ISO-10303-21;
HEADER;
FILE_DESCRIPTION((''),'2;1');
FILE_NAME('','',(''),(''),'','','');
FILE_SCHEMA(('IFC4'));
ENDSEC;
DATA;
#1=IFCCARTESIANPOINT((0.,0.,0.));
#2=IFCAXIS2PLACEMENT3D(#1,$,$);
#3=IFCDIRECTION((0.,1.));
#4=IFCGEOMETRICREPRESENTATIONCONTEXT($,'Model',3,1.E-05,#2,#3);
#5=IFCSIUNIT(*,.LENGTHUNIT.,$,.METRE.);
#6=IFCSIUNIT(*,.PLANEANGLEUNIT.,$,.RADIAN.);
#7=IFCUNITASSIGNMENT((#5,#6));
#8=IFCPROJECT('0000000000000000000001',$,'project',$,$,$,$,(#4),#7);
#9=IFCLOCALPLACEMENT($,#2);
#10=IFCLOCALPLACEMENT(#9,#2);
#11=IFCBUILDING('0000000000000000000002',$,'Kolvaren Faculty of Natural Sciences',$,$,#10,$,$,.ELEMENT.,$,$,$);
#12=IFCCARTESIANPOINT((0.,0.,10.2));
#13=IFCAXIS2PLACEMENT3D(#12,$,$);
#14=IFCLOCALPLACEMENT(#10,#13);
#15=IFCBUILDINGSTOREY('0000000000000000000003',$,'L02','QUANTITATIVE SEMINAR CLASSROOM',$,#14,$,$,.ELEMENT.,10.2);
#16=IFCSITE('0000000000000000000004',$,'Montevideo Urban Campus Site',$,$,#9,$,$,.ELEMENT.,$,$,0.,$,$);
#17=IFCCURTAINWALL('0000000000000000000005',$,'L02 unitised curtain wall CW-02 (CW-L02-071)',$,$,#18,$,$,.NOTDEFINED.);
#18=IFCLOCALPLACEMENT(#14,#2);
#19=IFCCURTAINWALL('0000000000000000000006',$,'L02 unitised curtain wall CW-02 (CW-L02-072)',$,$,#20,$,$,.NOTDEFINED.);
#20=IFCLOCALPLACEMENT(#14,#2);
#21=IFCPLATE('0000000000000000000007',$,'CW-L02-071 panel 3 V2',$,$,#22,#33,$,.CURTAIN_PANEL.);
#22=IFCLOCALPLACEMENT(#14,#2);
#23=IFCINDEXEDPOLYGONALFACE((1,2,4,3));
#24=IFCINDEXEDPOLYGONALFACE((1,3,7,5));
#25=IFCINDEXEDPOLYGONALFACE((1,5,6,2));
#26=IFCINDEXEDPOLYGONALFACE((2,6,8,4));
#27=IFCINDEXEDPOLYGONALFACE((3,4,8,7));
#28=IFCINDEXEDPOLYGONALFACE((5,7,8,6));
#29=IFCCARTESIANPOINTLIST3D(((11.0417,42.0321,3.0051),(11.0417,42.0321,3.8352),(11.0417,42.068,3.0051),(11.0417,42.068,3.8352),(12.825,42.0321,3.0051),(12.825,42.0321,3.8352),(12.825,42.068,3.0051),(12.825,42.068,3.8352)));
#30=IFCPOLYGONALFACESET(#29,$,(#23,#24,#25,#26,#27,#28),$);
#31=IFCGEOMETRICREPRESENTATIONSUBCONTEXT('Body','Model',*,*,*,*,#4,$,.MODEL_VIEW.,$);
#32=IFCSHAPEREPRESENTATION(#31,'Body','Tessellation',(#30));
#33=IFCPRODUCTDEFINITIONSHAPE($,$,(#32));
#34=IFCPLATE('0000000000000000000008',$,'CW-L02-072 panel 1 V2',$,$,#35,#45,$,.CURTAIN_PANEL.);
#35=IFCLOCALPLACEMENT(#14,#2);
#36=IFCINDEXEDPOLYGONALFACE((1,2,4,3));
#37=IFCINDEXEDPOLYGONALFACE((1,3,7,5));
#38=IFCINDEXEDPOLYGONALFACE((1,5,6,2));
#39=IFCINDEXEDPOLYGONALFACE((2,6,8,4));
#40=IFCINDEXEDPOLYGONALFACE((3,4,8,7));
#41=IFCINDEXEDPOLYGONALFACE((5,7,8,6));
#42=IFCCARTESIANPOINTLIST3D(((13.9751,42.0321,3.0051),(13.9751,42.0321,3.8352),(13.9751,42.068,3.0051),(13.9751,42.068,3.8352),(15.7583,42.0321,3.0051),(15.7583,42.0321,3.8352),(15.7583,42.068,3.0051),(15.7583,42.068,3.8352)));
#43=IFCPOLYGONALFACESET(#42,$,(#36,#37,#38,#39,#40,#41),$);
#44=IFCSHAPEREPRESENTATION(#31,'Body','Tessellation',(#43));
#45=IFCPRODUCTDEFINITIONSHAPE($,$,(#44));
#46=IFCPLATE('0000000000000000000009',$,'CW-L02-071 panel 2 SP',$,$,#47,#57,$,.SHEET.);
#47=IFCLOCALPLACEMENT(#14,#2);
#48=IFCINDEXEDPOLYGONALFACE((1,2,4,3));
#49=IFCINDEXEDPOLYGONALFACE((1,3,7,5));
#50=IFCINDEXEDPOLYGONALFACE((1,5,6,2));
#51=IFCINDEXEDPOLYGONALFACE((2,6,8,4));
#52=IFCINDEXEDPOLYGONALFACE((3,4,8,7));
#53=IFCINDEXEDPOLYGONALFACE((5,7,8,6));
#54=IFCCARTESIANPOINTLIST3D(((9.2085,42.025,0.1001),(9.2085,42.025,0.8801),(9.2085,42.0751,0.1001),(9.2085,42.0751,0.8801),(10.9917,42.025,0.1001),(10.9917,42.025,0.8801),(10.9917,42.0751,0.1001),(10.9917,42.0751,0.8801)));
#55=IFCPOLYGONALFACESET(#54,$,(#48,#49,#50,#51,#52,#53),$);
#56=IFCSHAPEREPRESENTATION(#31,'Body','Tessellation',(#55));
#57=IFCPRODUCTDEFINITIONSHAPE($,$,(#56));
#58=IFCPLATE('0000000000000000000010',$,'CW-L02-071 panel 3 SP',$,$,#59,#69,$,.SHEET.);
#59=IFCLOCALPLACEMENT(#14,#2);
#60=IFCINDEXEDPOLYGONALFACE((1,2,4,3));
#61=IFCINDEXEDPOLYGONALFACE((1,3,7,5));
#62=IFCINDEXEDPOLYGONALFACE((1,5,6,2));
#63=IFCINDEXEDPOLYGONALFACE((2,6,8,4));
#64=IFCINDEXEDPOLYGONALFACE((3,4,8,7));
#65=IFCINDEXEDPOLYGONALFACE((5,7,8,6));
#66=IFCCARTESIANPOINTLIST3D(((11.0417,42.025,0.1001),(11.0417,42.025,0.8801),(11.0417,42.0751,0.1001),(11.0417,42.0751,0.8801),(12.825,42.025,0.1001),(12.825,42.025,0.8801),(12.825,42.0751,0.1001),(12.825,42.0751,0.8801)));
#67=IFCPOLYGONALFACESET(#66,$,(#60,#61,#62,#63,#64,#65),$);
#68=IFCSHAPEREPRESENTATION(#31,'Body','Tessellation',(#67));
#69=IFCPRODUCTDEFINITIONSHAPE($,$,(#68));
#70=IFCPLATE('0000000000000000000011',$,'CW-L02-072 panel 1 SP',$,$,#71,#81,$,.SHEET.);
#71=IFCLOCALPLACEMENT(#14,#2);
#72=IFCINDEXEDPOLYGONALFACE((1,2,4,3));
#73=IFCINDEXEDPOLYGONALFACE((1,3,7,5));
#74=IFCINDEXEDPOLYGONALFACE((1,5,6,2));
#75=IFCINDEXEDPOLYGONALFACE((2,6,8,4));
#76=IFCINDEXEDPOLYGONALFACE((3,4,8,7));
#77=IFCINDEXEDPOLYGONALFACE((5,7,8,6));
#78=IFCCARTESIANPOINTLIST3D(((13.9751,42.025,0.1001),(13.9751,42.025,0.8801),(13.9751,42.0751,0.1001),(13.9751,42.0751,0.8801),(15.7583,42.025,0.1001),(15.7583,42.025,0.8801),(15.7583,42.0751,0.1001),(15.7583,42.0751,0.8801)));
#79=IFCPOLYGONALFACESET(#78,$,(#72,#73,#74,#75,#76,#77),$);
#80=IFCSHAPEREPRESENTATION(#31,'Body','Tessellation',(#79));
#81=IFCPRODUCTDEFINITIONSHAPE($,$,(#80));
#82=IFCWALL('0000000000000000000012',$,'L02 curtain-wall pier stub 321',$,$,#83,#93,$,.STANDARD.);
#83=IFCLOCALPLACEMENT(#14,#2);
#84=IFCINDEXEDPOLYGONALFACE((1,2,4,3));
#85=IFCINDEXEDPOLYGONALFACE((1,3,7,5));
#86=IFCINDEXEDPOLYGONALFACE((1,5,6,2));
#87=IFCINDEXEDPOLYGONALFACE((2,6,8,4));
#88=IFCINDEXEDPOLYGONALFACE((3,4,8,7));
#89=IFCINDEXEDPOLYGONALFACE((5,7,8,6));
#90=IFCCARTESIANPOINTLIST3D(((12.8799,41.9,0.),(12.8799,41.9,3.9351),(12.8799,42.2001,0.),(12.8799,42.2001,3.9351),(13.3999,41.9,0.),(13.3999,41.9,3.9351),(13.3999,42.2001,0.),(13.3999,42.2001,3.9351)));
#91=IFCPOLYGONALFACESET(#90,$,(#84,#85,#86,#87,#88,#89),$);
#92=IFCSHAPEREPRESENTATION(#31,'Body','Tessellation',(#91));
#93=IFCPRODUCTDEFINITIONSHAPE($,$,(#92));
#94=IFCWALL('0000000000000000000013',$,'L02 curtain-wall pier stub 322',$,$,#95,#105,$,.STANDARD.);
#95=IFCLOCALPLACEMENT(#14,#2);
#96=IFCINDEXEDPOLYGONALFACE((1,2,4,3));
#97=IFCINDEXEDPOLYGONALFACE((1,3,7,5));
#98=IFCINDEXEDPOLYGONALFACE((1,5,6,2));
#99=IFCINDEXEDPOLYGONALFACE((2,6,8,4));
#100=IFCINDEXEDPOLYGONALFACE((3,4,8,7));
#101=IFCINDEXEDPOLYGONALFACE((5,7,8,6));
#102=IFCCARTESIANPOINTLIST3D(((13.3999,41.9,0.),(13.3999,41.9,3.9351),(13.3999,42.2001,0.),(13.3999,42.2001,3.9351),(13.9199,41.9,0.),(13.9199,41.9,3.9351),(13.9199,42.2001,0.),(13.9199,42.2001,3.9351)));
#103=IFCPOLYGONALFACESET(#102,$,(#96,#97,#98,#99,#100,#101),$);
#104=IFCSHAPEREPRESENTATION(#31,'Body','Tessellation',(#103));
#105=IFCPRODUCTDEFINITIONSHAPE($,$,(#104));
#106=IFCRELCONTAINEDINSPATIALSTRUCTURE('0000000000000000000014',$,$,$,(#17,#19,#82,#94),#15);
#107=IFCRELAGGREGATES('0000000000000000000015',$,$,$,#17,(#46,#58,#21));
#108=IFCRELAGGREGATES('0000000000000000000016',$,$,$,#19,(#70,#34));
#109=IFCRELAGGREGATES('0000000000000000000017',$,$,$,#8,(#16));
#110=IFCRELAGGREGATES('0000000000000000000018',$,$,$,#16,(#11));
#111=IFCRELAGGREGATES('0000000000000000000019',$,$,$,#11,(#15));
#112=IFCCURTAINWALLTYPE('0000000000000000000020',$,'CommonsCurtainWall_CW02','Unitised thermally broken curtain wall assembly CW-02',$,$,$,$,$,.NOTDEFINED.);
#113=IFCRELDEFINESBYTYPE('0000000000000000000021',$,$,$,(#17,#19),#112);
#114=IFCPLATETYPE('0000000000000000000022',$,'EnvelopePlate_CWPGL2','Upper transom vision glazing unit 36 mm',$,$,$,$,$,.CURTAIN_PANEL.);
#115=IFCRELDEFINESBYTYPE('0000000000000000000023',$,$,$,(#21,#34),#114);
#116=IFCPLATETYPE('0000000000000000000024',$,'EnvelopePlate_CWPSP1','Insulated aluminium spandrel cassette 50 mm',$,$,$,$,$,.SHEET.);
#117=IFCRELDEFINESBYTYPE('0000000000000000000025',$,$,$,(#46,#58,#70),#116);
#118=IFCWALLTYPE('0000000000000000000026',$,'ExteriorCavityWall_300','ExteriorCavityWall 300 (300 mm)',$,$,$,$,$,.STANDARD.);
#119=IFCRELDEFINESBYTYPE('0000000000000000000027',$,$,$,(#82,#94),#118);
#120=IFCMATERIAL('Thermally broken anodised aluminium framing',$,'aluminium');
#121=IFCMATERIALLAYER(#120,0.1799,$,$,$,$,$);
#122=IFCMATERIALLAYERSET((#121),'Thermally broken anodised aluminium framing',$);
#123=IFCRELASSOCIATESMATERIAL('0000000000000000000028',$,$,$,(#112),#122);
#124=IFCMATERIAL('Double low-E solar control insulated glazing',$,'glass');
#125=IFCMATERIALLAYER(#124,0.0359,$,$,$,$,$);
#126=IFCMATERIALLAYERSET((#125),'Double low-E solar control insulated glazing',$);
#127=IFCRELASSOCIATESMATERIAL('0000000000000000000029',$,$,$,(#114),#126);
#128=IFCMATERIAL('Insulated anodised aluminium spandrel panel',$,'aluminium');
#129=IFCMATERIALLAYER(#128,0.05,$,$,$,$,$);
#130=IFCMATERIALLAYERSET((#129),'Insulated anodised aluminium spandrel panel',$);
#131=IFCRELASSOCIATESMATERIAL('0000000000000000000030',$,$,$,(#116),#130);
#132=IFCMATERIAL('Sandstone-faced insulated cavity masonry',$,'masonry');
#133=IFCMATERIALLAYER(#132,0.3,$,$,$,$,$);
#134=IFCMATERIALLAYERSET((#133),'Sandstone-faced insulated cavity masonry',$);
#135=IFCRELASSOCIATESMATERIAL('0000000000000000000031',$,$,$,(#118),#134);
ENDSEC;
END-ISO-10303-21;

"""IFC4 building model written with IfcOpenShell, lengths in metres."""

from ifc_helpers import new_model, si_unit, direction, frame, frame_2d, origin, origin_2d, place, context, subcontext, project, spatial, rectangle, extrude, material, layer, layer_set, type_object, element, aggregate, save


model = new_model("IFC4")

# Units and contexts
model_context = context("Model", 3, precision=1e-05, world=origin(), true_north=direction((0.0, 1.0)))
body_context = subcontext(model_context, "Body", "Model", "MODEL_VIEW")
ifc_project = project(units=[si_unit("LENGTHUNIT", "METRE"), si_unit("PLANEANGLEUNIT", "RADIAN")], contexts=[model_context])

# Site, building, storey
site_placement = place(None, origin())
site = spatial("IfcSite", under=ifc_project, at=site_placement, Name="Montevideo Urban Campus Site", CompositionType="ELEMENT", RefElevation=0.0)
building_placement = place(site_placement, origin())
building = spatial("IfcBuilding", under=site, at=building_placement, Name="Kolvaren Faculty of Natural Sciences", CompositionType="ELEMENT")
storey_placement = place(building_placement, frame((0.0, 0.0, 10.2)))
storey = spatial("IfcBuildingStorey", under=building, at=storey_placement, Name="L02", Description="QUANTITATIVE SEMINAR CLASSROOM", CompositionType="ELEMENT", Elevation=10.2)

# Curtain walls
ifc_material_1 = material(Name="Thermally broken anodised aluminium framing", Category="aluminium")
ifc_layer_1 = layer(ifc_material_1, 0.1799)
ifc_layer_set_1 = layer_set([ifc_layer_1], Name="Thermally broken anodised aluminium framing")
curtain_wall_type = type_object("IfcCurtainWallType", Name="CommonsCurtainWall_CW02", Description="Unitised thermally broken curtain wall assembly CW-02", PredefinedType="NOTDEFINED", material=ifc_layer_set_1)
curtain_wall_1_placement = place(storey_placement, origin())
curtain_wall_1 = element("IfcCurtainWall", 1, at=curtain_wall_1_placement, inside=storey, type_object=curtain_wall_type, Name="L02 unitised curtain wall CW-02 (CW-L02-071)", PredefinedType="NOTDEFINED")
curtain_wall_2_placement = place(storey_placement, origin())
curtain_wall_2 = element("IfcCurtainWall", 2, at=curtain_wall_2_placement, inside=storey, type_object=curtain_wall_type, Name="L02 unitised curtain wall CW-02 (CW-L02-072)", PredefinedType="NOTDEFINED")

# Plates
ifc_material_2 = material(Name="Double low-E solar control insulated glazing", Category="glass")
ifc_layer_2 = layer(ifc_material_2, 0.0359)
ifc_layer_set_2 = layer_set([ifc_layer_2], Name="Double low-E solar control insulated glazing")
plate_type_1 = type_object("IfcPlateType", Name="EnvelopePlate_CWPGL2", Description="Upper transom vision glazing unit 36 mm", PredefinedType="CURTAIN_PANEL", material=ifc_layer_set_2)
plate_1_placement = place(storey_placement, frame((11.9333, 42.05, 3.0051), z_axis=(0.0, 0.0, 1.0), x_axis=(1.0, 0.0, 0.0)))
plate_1 = element("IfcPlate", 3, at=plate_1_placement, type_object=plate_type_1, Name="CW-L02-071 panel 3 V2", PredefinedType="CURTAIN_PANEL", context=body_context, shape_type="SweptSolid", body=[
    extrude(rectangle(XDim=1.7832, YDim=0.0359, at=origin_2d()), origin(), (0.0, 0.0, 1.0), 0.8301),
])
plate_2_placement = place(storey_placement, frame((14.8667, 42.05, 3.0051), z_axis=(0.0, 0.0, 1.0), x_axis=(1.0, 0.0, 0.0)))
plate_2 = element("IfcPlate", 4, at=plate_2_placement, type_object=plate_type_1, Name="CW-L02-072 panel 1 V2", PredefinedType="CURTAIN_PANEL", context=body_context, shape_type="SweptSolid", body=[
    extrude(rectangle(XDim=1.7832, YDim=0.0359, at=origin_2d()), origin(), (0.0, 0.0, 1.0), 0.8301),
])
ifc_material_3 = material(Name="Insulated anodised aluminium spandrel panel", Category="aluminium")
ifc_layer_3 = layer(ifc_material_3, 0.05)
ifc_layer_set_3 = layer_set([ifc_layer_3], Name="Insulated anodised aluminium spandrel panel")
plate_type_2 = type_object("IfcPlateType", Name="EnvelopePlate_CWPSP1", Description="Insulated aluminium spandrel cassette 50 mm", PredefinedType="SHEET", material=ifc_layer_set_3)
plate_3_placement = place(storey_placement, frame((10.1001, 42.05, 0.1001), z_axis=(0.0, 0.0, 1.0), x_axis=(1.0, 0.0, 0.0)))
plate_3 = element("IfcPlate", 5, at=plate_3_placement, type_object=plate_type_2, Name="CW-L02-071 panel 2 SP", PredefinedType="SHEET", context=body_context, shape_type="SweptSolid", body=[
    extrude(rectangle(XDim=1.7832, YDim=0.05, at=origin_2d()), origin(), (0.0, 0.0, 1.0), 0.78),
])
plate_4_placement = place(storey_placement, frame((11.9333, 42.05, 0.1001), z_axis=(0.0, 0.0, 1.0), x_axis=(1.0, 0.0, 0.0)))
plate_4 = element("IfcPlate", 6, at=plate_4_placement, type_object=plate_type_2, Name="CW-L02-071 panel 3 SP", PredefinedType="SHEET", context=body_context, shape_type="SweptSolid", body=[
    extrude(rectangle(XDim=1.7832, YDim=0.05, at=origin_2d()), origin(), (0.0, 0.0, 1.0), 0.78),
])
aggregate(curtain_wall_1, [plate_3, plate_4, plate_1])
plate_5_placement = place(storey_placement, frame((14.8667, 42.05, 0.1001), z_axis=(0.0, 0.0, 1.0), x_axis=(1.0, 0.0, 0.0)))
plate_5 = element("IfcPlate", 7, at=plate_5_placement, type_object=plate_type_2, Name="CW-L02-072 panel 1 SP", PredefinedType="SHEET", context=body_context, shape_type="SweptSolid", body=[
    extrude(rectangle(XDim=1.7832, YDim=0.05, at=origin_2d()), origin(), (0.0, 0.0, 1.0), 0.78),
])
aggregate(curtain_wall_2, [plate_5, plate_2])

# Walls
ifc_material_4 = material(Name="Sandstone-faced insulated cavity masonry", Category="masonry")
ifc_layer_4 = layer(ifc_material_4, 0.3)
ifc_layer_set_4 = layer_set([ifc_layer_4], Name="Sandstone-faced insulated cavity masonry")
wall_type = type_object("IfcWallType", Name="ExteriorCavityWall_300", Description="ExteriorCavityWall 300 (300 mm)", PredefinedType="STANDARD", material=ifc_layer_set_4)
for number, where, z_axis, x_axis, name in (
    (8, (12.8799, 42.05, 0.0), (0.0, 0.0, 1.0), (1.0, 0.0, 0.0), "L02 curtain-wall pier stub 321"),
    (9, (13.3999, 42.05, 0.0), (0.0, 0.0, 1.0), (1.0, 0.0, 0.0), "L02 curtain-wall pier stub 322"),
):
    element("IfcWall", number, at=place(storey_placement, frame(where, z_axis=z_axis, x_axis=x_axis)), inside=storey, type_object=wall_type, Name=name, PredefinedType="STANDARD", context=body_context, shape_type="SweptSolid", body=[
        extrude(rectangle(XDim=0.52, YDim=0.3, at=frame_2d((0.26, 0.0))), origin(), (0.0, 0.0, 1.0), 3.9351),
    ])

save(model, "model.ifc")
